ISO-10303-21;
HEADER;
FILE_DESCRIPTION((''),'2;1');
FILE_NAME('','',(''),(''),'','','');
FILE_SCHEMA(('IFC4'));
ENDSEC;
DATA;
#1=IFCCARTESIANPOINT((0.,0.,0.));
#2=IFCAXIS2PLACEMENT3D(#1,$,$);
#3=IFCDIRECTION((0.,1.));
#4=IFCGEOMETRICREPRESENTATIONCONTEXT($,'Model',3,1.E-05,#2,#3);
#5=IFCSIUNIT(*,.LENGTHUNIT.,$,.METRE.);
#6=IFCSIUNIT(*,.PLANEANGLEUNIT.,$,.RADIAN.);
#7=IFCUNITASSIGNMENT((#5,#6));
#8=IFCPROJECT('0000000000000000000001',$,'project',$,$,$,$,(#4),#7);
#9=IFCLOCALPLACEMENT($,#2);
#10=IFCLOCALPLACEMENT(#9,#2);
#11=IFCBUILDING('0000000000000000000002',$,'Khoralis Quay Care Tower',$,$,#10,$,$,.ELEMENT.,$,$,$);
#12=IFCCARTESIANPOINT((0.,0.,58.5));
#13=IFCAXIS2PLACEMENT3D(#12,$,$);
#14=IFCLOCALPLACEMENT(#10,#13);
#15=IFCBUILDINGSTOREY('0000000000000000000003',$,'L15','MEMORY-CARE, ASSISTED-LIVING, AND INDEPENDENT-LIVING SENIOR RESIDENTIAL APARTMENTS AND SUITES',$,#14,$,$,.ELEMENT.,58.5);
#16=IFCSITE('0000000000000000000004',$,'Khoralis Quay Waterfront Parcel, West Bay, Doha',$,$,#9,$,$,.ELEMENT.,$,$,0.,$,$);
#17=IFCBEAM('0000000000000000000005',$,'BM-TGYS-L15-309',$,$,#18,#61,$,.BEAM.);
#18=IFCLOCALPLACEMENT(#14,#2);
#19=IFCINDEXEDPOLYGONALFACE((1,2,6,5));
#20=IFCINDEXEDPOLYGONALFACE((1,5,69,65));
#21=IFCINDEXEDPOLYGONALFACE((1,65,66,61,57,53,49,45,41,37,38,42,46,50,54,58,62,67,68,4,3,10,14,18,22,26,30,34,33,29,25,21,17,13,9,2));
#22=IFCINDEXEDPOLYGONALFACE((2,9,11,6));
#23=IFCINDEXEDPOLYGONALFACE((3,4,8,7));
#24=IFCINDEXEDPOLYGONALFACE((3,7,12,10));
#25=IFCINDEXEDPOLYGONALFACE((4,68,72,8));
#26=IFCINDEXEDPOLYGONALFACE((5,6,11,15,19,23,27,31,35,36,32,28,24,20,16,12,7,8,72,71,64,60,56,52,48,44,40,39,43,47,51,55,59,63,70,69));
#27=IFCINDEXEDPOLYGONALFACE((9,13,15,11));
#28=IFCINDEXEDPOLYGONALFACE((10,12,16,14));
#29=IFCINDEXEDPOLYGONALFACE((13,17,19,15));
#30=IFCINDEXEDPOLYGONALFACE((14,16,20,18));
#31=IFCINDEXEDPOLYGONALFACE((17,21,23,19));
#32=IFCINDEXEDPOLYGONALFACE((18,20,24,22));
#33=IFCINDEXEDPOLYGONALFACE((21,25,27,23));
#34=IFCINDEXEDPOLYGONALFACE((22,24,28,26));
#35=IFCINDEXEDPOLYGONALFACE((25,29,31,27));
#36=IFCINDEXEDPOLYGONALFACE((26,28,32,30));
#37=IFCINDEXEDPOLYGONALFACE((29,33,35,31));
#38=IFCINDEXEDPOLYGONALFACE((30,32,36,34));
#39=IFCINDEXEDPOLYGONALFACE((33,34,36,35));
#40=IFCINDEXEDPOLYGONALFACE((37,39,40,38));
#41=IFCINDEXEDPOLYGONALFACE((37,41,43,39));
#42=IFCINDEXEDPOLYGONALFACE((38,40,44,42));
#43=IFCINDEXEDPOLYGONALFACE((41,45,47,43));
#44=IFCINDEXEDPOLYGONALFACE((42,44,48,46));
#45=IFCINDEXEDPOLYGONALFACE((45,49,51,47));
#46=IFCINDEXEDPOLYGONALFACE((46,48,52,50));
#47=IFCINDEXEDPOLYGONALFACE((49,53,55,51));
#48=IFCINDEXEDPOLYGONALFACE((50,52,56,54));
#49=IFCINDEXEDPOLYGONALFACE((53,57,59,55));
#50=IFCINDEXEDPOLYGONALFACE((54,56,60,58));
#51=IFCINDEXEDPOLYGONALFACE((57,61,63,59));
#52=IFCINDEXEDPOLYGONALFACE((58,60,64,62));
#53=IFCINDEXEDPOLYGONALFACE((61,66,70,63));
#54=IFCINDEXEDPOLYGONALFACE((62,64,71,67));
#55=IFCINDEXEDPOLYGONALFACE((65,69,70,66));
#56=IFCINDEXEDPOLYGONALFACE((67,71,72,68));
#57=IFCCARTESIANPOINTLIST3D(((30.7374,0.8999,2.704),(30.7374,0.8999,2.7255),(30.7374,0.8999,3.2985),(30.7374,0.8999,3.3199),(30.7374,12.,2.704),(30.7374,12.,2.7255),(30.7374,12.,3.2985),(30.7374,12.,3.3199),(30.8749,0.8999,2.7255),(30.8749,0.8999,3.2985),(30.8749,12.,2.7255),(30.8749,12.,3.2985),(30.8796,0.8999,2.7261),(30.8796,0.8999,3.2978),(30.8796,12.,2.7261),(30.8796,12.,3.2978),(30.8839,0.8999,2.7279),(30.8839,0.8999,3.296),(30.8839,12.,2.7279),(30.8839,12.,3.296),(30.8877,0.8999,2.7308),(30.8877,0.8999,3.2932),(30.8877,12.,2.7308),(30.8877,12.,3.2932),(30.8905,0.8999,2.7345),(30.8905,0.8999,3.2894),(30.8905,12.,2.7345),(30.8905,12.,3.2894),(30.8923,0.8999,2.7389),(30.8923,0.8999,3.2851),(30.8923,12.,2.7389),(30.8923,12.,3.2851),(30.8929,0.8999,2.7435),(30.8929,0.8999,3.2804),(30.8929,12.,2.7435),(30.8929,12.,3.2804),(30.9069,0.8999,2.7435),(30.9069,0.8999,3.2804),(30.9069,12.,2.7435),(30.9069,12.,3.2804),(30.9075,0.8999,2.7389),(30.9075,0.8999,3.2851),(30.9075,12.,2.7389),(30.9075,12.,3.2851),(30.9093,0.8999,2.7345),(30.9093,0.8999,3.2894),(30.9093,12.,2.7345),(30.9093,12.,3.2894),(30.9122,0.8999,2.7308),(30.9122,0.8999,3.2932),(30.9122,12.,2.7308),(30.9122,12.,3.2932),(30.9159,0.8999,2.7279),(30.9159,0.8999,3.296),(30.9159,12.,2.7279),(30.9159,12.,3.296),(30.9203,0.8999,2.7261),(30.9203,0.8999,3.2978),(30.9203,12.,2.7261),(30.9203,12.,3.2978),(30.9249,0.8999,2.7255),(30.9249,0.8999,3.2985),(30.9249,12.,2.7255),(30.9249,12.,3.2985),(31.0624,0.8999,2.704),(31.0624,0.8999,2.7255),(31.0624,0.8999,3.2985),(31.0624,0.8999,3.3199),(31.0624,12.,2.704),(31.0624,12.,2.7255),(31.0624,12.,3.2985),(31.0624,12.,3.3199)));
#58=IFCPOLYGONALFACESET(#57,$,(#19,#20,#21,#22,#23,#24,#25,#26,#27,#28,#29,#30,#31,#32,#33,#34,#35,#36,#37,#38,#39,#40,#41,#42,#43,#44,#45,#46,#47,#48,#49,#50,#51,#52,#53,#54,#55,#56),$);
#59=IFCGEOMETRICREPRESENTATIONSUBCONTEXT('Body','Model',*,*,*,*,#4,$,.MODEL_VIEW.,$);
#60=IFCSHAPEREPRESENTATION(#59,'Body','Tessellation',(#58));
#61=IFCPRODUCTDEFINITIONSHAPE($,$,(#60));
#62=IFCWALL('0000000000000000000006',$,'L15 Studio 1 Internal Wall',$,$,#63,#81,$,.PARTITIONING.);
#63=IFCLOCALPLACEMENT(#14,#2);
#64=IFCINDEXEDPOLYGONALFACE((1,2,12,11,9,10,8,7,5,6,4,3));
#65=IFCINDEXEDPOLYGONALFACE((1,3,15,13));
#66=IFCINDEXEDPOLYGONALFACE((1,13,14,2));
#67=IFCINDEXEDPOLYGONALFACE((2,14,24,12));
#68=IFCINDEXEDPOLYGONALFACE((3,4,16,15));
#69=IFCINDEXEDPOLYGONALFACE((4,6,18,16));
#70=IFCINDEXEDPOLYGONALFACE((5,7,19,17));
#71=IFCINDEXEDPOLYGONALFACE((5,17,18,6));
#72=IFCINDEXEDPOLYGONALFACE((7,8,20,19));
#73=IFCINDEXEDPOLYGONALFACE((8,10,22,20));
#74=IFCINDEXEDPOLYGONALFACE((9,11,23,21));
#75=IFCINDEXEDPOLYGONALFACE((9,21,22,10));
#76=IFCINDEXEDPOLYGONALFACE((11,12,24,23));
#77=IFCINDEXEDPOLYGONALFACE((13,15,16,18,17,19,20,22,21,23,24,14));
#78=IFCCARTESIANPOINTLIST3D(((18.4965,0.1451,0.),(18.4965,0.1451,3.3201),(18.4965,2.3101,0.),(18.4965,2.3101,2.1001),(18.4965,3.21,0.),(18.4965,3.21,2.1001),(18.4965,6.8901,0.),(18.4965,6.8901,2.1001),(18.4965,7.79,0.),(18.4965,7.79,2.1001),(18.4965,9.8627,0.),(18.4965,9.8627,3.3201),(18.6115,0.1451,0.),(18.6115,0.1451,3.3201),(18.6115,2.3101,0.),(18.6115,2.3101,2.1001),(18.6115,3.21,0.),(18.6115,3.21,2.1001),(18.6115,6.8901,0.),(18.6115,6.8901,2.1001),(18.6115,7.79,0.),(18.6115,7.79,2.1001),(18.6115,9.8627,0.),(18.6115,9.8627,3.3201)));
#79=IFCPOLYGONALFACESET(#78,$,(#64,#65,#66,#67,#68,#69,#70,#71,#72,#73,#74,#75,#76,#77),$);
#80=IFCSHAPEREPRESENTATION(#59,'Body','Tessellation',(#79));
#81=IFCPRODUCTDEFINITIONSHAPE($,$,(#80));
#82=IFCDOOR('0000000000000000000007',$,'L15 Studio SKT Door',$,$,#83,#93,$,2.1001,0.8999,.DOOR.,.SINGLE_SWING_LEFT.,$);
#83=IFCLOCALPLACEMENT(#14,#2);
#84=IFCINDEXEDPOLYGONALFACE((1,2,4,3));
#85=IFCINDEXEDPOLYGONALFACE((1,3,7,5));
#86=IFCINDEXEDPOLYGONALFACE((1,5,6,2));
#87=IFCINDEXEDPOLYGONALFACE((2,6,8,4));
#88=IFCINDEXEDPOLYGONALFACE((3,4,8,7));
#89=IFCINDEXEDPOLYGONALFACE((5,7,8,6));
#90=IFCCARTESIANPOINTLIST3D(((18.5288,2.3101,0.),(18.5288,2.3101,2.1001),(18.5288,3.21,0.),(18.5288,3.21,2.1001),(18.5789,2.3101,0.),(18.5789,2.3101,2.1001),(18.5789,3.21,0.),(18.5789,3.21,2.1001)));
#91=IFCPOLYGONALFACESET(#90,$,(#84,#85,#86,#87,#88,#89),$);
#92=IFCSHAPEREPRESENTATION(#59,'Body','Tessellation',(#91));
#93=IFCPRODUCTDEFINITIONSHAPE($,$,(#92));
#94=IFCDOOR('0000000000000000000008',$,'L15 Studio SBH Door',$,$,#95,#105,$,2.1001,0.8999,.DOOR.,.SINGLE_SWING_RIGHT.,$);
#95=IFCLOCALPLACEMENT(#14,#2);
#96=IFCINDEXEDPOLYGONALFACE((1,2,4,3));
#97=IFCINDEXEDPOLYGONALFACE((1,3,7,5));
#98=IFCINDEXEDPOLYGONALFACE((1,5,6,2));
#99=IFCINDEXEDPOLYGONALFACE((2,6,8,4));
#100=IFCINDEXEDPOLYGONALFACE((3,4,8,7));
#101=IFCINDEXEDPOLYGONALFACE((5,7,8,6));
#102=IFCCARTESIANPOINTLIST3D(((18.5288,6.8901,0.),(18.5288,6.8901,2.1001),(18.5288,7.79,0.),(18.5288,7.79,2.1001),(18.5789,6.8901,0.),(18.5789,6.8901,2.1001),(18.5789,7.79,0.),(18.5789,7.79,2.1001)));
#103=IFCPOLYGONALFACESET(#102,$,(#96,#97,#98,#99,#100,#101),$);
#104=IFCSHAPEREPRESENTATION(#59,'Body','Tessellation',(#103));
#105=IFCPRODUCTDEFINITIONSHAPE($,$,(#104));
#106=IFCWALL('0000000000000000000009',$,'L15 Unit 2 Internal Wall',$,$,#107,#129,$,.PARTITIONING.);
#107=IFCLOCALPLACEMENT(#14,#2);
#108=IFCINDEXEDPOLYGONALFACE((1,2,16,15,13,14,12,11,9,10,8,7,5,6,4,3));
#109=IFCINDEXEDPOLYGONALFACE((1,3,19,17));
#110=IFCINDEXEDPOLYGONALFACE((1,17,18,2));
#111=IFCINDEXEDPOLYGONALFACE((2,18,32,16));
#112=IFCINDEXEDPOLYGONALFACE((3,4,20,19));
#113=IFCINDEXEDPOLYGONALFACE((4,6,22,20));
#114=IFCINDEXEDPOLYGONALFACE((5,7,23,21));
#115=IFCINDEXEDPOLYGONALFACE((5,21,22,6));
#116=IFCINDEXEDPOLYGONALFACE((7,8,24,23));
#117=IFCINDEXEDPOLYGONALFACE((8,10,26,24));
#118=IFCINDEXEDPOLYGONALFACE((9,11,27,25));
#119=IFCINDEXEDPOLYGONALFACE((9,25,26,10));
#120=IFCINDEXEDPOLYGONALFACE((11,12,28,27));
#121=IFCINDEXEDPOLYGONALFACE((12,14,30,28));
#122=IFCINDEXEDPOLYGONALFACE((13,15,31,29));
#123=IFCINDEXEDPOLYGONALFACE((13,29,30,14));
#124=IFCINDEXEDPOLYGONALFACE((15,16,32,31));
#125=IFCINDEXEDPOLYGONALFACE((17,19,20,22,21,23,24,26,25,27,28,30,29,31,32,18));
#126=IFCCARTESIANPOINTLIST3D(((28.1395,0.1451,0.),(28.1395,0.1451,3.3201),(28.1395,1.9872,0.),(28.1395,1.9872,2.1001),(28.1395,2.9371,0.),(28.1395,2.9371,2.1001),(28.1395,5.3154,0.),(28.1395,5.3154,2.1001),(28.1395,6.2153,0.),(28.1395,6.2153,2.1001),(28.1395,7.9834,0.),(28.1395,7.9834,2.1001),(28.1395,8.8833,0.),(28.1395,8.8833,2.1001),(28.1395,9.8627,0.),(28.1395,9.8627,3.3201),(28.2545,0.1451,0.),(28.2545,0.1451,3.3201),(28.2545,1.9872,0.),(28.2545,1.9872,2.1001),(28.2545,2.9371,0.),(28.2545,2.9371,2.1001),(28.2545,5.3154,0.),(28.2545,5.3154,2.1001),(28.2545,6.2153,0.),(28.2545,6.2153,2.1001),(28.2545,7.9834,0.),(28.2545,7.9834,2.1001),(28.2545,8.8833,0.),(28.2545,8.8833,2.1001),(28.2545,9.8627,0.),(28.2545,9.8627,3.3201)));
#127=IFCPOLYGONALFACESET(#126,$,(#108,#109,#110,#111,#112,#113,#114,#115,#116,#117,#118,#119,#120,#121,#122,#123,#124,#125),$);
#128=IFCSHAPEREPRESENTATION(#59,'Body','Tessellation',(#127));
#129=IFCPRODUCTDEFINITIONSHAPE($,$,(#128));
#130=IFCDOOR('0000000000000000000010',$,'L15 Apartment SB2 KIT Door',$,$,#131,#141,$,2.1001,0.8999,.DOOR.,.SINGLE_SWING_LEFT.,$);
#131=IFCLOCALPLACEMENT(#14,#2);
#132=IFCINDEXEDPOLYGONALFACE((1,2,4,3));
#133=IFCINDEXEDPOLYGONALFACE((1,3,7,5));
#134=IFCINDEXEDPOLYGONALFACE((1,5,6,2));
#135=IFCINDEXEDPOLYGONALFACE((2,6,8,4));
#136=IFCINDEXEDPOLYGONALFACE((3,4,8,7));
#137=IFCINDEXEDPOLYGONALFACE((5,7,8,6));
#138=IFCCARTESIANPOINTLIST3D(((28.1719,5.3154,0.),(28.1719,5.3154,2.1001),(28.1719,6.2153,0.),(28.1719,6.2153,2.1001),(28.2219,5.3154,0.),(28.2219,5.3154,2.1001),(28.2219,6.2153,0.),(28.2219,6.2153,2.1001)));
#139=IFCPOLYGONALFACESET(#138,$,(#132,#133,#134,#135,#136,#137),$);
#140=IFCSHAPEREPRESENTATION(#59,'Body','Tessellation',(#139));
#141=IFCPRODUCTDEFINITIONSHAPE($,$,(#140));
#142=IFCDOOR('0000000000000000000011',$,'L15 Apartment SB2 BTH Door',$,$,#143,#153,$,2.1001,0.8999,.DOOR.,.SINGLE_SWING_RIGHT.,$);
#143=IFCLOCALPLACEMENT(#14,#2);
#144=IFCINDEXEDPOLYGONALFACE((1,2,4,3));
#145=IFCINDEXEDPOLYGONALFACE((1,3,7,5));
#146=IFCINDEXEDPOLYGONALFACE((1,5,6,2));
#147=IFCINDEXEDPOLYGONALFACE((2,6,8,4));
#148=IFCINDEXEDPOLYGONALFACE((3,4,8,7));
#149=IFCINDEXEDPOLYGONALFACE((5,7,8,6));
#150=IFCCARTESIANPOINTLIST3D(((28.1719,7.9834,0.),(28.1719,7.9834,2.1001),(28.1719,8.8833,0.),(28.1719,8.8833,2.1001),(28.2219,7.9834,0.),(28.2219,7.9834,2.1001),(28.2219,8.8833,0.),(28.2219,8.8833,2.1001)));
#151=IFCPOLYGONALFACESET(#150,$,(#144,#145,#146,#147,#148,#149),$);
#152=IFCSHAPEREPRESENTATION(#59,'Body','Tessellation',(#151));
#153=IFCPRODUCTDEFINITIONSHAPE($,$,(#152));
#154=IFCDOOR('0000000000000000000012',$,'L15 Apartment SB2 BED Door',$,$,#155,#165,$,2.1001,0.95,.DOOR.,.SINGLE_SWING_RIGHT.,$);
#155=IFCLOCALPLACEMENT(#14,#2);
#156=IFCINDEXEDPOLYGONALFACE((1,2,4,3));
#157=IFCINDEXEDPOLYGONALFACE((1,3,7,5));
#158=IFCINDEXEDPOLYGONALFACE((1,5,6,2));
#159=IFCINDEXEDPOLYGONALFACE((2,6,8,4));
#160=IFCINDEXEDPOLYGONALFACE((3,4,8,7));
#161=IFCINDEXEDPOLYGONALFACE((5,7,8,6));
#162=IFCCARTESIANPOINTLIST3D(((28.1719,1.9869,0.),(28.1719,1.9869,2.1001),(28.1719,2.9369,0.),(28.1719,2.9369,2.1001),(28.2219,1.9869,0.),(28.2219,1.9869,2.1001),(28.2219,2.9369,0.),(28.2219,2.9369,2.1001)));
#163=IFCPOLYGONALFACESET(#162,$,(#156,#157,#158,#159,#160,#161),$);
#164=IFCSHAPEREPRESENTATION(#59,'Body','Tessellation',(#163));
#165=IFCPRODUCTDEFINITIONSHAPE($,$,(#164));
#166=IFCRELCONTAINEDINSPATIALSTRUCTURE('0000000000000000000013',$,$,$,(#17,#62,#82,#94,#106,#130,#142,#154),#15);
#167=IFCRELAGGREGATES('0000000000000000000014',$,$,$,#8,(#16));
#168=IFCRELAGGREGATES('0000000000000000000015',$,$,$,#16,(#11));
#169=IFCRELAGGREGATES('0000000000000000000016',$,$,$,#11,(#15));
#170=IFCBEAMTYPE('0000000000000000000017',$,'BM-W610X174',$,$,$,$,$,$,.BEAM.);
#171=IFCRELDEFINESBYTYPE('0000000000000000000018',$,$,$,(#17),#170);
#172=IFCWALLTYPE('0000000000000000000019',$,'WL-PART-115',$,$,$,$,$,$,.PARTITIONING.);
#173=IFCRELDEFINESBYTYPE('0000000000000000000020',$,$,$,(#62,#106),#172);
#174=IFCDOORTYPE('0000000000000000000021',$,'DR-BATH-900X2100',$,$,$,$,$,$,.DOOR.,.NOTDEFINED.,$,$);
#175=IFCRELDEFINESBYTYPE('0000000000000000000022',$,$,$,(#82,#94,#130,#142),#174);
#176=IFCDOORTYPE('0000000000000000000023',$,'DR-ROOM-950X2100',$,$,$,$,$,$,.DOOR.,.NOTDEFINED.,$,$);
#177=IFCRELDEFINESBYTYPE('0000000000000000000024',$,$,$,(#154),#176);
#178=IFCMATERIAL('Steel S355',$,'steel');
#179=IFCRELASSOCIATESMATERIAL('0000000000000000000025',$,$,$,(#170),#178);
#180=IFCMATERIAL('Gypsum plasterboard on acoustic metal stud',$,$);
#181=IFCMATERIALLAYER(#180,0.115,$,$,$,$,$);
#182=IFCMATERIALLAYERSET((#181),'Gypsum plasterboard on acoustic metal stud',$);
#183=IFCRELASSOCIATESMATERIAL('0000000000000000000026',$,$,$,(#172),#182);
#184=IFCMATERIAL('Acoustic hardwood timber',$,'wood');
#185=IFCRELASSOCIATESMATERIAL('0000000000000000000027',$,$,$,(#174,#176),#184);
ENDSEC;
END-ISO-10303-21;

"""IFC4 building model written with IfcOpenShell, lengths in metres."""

from ifc_helpers import new_model, si_unit, direction, frame, frame_2d, origin, origin_2d, place, context, subcontext, project, spatial, rectangle, i_section, extrude, source, transform, mapped, material, layer, layer_set, material_profile, profile_set, type_object, element, fill, save


model = new_model("IFC4")

# Units and contexts
model_context = context("Model", 3, precision=1e-05, world=origin(), true_north=direction((0.0, 1.0)))
body_context = subcontext(model_context, "Body", "Model", "MODEL_VIEW")
ifc_project = project(units=[si_unit("LENGTHUNIT", "METRE"), si_unit("PLANEANGLEUNIT", "RADIAN")], contexts=[model_context])

# Site, building, storey
site_placement = place(None, origin())
site = spatial("IfcSite", under=ifc_project, at=site_placement, Name="Khoralis Quay Waterfront Parcel, West Bay, Doha", CompositionType="ELEMENT", RefElevation=0.0)
building_placement = place(site_placement, origin())
building = spatial("IfcBuilding", under=site, at=building_placement, Name="Khoralis Quay Care Tower", CompositionType="ELEMENT")
storey_placement = place(building_placement, frame((0.0, 0.0, 58.5)))
storey = spatial("IfcBuildingStorey", under=building, at=storey_placement, Name="L15", Description="MEMORY-CARE, ASSISTED-LIVING, AND INDEPENDENT-LIVING SENIOR RESIDENTIAL APARTMENTS AND SUITES", CompositionType="ELEMENT", Elevation=58.5)

# Beam
ifc_material_1 = material(Name="Steel S355", Category="steel")
ifc_material_profile_1 = material_profile(ifc_material_1, i_section(OverallWidth=0.325, OverallDepth=0.616, WebThickness=0.0139, FlangeThickness=0.0215, FilletRadius=0.0181, at=origin_2d()), Name="Steel S355")
ifc_profile_set_1 = profile_set([ifc_material_profile_1], Name="Steel S355")
beam_type_1 = type_object("IfcBeamType", Name="BM-W610X174", PredefinedType="BEAM", material=ifc_profile_set_1)
shared_shape_1 = source(origin(), body_context, "Body", "SweptSolid", [
    extrude(i_section(OverallWidth=0.325, OverallDepth=0.616, WebThickness=0.0139, FlangeThickness=0.0215, FilletRadius=0.0181, at=origin_2d()), origin(), (0.0, 0.0, 1.0), 11.1001),
])
for number, where, z_axis, x_axis, name in (
    (1, (30.8999, 0.8999, 3.012), (0.0, 1.0, 0.0), (-1.0, 0.0, 0.0), "BM-TGYS-L15-309"),
):
    element("IfcBeam", number, at=place(storey_placement, frame(where, z_axis=z_axis, x_axis=x_axis)), inside=storey, type_object=beam_type_1, Name=name, PredefinedType="BEAM", context=body_context, shape_type="MappedRepresentation", body=[
        mapped(shared_shape_1, transform((0.0, 0.0, 0.0), scale=1.0)),
    ])

# Walls, openings, doors
ifc_material_2 = material(Name="Gypsum plasterboard on acoustic metal stud")
ifc_layer_1 = layer(ifc_material_2, 0.115)
ifc_layer_set_1 = layer_set([ifc_layer_1], Name="Gypsum plasterboard on acoustic metal stud")
wall_type_1 = type_object("IfcWallType", Name="WL-PART-115", PredefinedType="PARTITIONING", material=ifc_layer_set_1)
wall_1_placement = place(storey_placement, frame((18.554, 0.145, 0.0), z_axis=(0.0, 0.0, 1.0), x_axis=(0.0, 1.0, 0.0)))
wall_1 = element("IfcWall", 2, at=wall_1_placement, inside=storey, type_object=wall_type_1, Name="L15 Studio 1 Internal Wall", PredefinedType="PARTITIONING", context=body_context, shape_type="SweptSolid", body=[
    extrude(rectangle(XDim=9.7175, YDim=0.115, at=frame_2d((4.8589, 0.0))), origin(), (0.0, 0.0, 1.0), 3.3201),
])
opening_1_placement = place(wall_1_placement, frame((2.165, 0.0, 0.0)))
opening_1 = element("IfcOpeningElement", 3, at=opening_1_placement, cuts=wall_1, PredefinedType="OPENING", context=body_context, shape_type="SweptSolid", body=[
    extrude(rectangle(XDim=0.8999, YDim=2.1001, at=frame_2d((0.45, 1.05))), frame((0.0, 0.0674, 0.0), z_axis=(0.0, -1.0, 0.0), x_axis=(1.0, 0.0, 0.0)), (0.0, 0.0, 1.0), 0.135),
])
opening_2_placement = place(wall_1_placement, frame((6.7451, 0.0, 0.0)))
opening_2 = element("IfcOpeningElement", 4, at=opening_2_placement, cuts=wall_1, PredefinedType="OPENING", context=body_context, shape_type="SweptSolid", body=[
    extrude(rectangle(XDim=0.8999, YDim=2.1001, at=frame_2d((0.45, 1.05))), frame((0.0, 0.0674, 0.0), z_axis=(0.0, -1.0, 0.0), x_axis=(1.0, 0.0, 0.0)), (0.0, 0.0, 1.0), 0.135),
])
ifc_material_3 = material(Name="Acoustic hardwood timber", Category="wood")
door_type_1 = type_object("IfcDoorType", Name="DR-BATH-900X2100", OperationType="NOTDEFINED", PredefinedType="DOOR", material=ifc_material_3)
shared_shape_2 = source(origin(), body_context, "Body", "SweptSolid", [
    extrude(rectangle(XDim=0.8999, YDim=2.1001, at=frame_2d((0.45, 1.05))), frame((0.0, 0.0249, 0.0), z_axis=(0.0, -1.0, 0.0), x_axis=(1.0, 0.0, 0.0)), (0.0, 0.0, 1.0), 0.05),
])
door_1_placement = place(opening_1_placement, frame((0.8999, 0.0, 0.0), z_axis=(0.0, 0.0, 1.0), x_axis=(-1.0, 0.0, 0.0)))
door_1 = element("IfcDoor", 5, at=door_1_placement, inside=storey, type_object=door_type_1, Name="L15 Studio SKT Door", OperationType="SINGLE_SWING_LEFT", OverallHeight=2.1001, OverallWidth=0.8999, PredefinedType="DOOR", context=body_context, shape_type="MappedRepresentation", body=[
    mapped(shared_shape_2, transform((0.0, 0.0, 0.0), scale=1.0)),
])
fill(opening_1, door_1)
door_2_placement = place(opening_2_placement, frame((0.8999, 0.0, 0.0), z_axis=(0.0, 0.0, 1.0), x_axis=(-1.0, 0.0, 0.0)))
door_2 = element("IfcDoor", 6, at=door_2_placement, inside=storey, type_object=door_type_1, Name="L15 Studio SBH Door", OperationType="SINGLE_SWING_RIGHT", OverallHeight=2.1001, OverallWidth=0.8999, PredefinedType="DOOR", context=body_context, shape_type="MappedRepresentation", body=[
    mapped(shared_shape_2, transform((0.0, 0.0, 0.0), scale=1.0)),
])
fill(opening_2, door_2)
wall_2_placement = place(storey_placement, frame((28.197, 0.145, 0.0), z_axis=(0.0, 0.0, 1.0), x_axis=(0.0, 1.0, 0.0)))
wall_2 = element("IfcWall", 7, at=wall_2_placement, inside=storey, type_object=wall_type_1, Name="L15 Unit 2 Internal Wall", PredefinedType="PARTITIONING", context=body_context, shape_type="SweptSolid", body=[
    extrude(rectangle(XDim=9.7175, YDim=0.115, at=frame_2d((4.8589, 0.0))), origin(), (0.0, 0.0, 1.0), 3.3201),
])
opening_3_placement = place(wall_2_placement, frame((1.842, 0.0, 0.0)))
opening_3 = element("IfcOpeningElement", 8, at=opening_3_placement, cuts=wall_2, PredefinedType="OPENING", context=body_context, shape_type="SweptSolid", body=[
    extrude(rectangle(XDim=0.95, YDim=2.1001, at=frame_2d((0.4751, 1.05))), frame((0.0, 0.0674, 0.0), z_axis=(0.0, -1.0, 0.0), x_axis=(1.0, 0.0, 0.0)), (0.0, 0.0, 1.0), 0.135),
])
opening_4_placement = place(wall_2_placement, frame((5.1704, 0.0, 0.0)))
opening_4 = element("IfcOpeningElement", 9, at=opening_4_placement, cuts=wall_2, PredefinedType="OPENING", context=body_context, shape_type="SweptSolid", body=[
    extrude(rectangle(XDim=0.8999, YDim=2.1001, at=frame_2d((0.45, 1.05))), frame((0.0, 0.0674, 0.0), z_axis=(0.0, -1.0, 0.0), x_axis=(1.0, 0.0, 0.0)), (0.0, 0.0, 1.0), 0.135),
])
opening_5_placement = place(wall_2_placement, frame((7.8384, 0.0, 0.0)))
opening_5 = element("IfcOpeningElement", 10, at=opening_5_placement, cuts=wall_2, PredefinedType="OPENING", context=body_context, shape_type="SweptSolid", body=[
    extrude(rectangle(XDim=0.8999, YDim=2.1001, at=frame_2d((0.45, 1.05))), frame((0.0, 0.0674, 0.0), z_axis=(0.0, -1.0, 0.0), x_axis=(1.0, 0.0, 0.0)), (0.0, 0.0, 1.0), 0.135),
])
door_3_placement = place(opening_4_placement, frame((0.8999, 0.0, 0.0), z_axis=(0.0, 0.0, 1.0), x_axis=(-1.0, 0.0, 0.0)))
door_3 = element("IfcDoor", 11, at=door_3_placement, inside=storey, type_object=door_type_1, Name="L15 Apartment SB2 KIT Door", OperationType="SINGLE_SWING_LEFT", OverallHeight=2.1001, OverallWidth=0.8999, PredefinedType="DOOR", context=body_context, shape_type="MappedRepresentation", body=[
    mapped(shared_shape_2, transform((0.0, 0.0, 0.0), scale=1.0)),
])
fill(opening_4, door_3)
door_4_placement = place(opening_5_placement, frame((0.8999, 0.0, 0.0), z_axis=(0.0, 0.0, 1.0), x_axis=(-1.0, 0.0, 0.0)))
door_4 = element("IfcDoor", 12, at=door_4_placement, inside=storey, type_object=door_type_1, Name="L15 Apartment SB2 BTH Door", OperationType="SINGLE_SWING_RIGHT", OverallHeight=2.1001, OverallWidth=0.8999, PredefinedType="DOOR", context=body_context, shape_type="MappedRepresentation", body=[
    mapped(shared_shape_2, transform((0.0, 0.0, 0.0), scale=1.0)),
])
fill(opening_5, door_4)
door_type_2 = type_object("IfcDoorType", Name="DR-ROOM-950X2100", OperationType="NOTDEFINED", PredefinedType="DOOR", material=ifc_material_3)
shared_shape_3 = source(origin(), body_context, "Body", "SweptSolid", [
    extrude(rectangle(XDim=0.95, YDim=2.1001, at=frame_2d((0.4751, 1.05))), frame((0.0, 0.0249, 0.0), z_axis=(0.0, -1.0, 0.0), x_axis=(1.0, 0.0, 0.0)), (0.0, 0.0, 1.0), 0.05),
])
door_5_placement = place(opening_3_placement, frame((0.95, 0.0, 0.0), z_axis=(0.0, 0.0, 1.0), x_axis=(-1.0, 0.0, 0.0)))
door_5 = element("IfcDoor", 13, at=door_5_placement, inside=storey, type_object=door_type_2, Name="L15 Apartment SB2 BED Door", OperationType="SINGLE_SWING_RIGHT", OverallHeight=2.1001, OverallWidth=0.95, PredefinedType="DOOR", context=body_context, shape_type="MappedRepresentation", body=[
    mapped(shared_shape_3, transform((0.0, 0.0, 0.0), scale=1.0)),
])
fill(opening_3, door_5)

save(model, "model.ifc")
